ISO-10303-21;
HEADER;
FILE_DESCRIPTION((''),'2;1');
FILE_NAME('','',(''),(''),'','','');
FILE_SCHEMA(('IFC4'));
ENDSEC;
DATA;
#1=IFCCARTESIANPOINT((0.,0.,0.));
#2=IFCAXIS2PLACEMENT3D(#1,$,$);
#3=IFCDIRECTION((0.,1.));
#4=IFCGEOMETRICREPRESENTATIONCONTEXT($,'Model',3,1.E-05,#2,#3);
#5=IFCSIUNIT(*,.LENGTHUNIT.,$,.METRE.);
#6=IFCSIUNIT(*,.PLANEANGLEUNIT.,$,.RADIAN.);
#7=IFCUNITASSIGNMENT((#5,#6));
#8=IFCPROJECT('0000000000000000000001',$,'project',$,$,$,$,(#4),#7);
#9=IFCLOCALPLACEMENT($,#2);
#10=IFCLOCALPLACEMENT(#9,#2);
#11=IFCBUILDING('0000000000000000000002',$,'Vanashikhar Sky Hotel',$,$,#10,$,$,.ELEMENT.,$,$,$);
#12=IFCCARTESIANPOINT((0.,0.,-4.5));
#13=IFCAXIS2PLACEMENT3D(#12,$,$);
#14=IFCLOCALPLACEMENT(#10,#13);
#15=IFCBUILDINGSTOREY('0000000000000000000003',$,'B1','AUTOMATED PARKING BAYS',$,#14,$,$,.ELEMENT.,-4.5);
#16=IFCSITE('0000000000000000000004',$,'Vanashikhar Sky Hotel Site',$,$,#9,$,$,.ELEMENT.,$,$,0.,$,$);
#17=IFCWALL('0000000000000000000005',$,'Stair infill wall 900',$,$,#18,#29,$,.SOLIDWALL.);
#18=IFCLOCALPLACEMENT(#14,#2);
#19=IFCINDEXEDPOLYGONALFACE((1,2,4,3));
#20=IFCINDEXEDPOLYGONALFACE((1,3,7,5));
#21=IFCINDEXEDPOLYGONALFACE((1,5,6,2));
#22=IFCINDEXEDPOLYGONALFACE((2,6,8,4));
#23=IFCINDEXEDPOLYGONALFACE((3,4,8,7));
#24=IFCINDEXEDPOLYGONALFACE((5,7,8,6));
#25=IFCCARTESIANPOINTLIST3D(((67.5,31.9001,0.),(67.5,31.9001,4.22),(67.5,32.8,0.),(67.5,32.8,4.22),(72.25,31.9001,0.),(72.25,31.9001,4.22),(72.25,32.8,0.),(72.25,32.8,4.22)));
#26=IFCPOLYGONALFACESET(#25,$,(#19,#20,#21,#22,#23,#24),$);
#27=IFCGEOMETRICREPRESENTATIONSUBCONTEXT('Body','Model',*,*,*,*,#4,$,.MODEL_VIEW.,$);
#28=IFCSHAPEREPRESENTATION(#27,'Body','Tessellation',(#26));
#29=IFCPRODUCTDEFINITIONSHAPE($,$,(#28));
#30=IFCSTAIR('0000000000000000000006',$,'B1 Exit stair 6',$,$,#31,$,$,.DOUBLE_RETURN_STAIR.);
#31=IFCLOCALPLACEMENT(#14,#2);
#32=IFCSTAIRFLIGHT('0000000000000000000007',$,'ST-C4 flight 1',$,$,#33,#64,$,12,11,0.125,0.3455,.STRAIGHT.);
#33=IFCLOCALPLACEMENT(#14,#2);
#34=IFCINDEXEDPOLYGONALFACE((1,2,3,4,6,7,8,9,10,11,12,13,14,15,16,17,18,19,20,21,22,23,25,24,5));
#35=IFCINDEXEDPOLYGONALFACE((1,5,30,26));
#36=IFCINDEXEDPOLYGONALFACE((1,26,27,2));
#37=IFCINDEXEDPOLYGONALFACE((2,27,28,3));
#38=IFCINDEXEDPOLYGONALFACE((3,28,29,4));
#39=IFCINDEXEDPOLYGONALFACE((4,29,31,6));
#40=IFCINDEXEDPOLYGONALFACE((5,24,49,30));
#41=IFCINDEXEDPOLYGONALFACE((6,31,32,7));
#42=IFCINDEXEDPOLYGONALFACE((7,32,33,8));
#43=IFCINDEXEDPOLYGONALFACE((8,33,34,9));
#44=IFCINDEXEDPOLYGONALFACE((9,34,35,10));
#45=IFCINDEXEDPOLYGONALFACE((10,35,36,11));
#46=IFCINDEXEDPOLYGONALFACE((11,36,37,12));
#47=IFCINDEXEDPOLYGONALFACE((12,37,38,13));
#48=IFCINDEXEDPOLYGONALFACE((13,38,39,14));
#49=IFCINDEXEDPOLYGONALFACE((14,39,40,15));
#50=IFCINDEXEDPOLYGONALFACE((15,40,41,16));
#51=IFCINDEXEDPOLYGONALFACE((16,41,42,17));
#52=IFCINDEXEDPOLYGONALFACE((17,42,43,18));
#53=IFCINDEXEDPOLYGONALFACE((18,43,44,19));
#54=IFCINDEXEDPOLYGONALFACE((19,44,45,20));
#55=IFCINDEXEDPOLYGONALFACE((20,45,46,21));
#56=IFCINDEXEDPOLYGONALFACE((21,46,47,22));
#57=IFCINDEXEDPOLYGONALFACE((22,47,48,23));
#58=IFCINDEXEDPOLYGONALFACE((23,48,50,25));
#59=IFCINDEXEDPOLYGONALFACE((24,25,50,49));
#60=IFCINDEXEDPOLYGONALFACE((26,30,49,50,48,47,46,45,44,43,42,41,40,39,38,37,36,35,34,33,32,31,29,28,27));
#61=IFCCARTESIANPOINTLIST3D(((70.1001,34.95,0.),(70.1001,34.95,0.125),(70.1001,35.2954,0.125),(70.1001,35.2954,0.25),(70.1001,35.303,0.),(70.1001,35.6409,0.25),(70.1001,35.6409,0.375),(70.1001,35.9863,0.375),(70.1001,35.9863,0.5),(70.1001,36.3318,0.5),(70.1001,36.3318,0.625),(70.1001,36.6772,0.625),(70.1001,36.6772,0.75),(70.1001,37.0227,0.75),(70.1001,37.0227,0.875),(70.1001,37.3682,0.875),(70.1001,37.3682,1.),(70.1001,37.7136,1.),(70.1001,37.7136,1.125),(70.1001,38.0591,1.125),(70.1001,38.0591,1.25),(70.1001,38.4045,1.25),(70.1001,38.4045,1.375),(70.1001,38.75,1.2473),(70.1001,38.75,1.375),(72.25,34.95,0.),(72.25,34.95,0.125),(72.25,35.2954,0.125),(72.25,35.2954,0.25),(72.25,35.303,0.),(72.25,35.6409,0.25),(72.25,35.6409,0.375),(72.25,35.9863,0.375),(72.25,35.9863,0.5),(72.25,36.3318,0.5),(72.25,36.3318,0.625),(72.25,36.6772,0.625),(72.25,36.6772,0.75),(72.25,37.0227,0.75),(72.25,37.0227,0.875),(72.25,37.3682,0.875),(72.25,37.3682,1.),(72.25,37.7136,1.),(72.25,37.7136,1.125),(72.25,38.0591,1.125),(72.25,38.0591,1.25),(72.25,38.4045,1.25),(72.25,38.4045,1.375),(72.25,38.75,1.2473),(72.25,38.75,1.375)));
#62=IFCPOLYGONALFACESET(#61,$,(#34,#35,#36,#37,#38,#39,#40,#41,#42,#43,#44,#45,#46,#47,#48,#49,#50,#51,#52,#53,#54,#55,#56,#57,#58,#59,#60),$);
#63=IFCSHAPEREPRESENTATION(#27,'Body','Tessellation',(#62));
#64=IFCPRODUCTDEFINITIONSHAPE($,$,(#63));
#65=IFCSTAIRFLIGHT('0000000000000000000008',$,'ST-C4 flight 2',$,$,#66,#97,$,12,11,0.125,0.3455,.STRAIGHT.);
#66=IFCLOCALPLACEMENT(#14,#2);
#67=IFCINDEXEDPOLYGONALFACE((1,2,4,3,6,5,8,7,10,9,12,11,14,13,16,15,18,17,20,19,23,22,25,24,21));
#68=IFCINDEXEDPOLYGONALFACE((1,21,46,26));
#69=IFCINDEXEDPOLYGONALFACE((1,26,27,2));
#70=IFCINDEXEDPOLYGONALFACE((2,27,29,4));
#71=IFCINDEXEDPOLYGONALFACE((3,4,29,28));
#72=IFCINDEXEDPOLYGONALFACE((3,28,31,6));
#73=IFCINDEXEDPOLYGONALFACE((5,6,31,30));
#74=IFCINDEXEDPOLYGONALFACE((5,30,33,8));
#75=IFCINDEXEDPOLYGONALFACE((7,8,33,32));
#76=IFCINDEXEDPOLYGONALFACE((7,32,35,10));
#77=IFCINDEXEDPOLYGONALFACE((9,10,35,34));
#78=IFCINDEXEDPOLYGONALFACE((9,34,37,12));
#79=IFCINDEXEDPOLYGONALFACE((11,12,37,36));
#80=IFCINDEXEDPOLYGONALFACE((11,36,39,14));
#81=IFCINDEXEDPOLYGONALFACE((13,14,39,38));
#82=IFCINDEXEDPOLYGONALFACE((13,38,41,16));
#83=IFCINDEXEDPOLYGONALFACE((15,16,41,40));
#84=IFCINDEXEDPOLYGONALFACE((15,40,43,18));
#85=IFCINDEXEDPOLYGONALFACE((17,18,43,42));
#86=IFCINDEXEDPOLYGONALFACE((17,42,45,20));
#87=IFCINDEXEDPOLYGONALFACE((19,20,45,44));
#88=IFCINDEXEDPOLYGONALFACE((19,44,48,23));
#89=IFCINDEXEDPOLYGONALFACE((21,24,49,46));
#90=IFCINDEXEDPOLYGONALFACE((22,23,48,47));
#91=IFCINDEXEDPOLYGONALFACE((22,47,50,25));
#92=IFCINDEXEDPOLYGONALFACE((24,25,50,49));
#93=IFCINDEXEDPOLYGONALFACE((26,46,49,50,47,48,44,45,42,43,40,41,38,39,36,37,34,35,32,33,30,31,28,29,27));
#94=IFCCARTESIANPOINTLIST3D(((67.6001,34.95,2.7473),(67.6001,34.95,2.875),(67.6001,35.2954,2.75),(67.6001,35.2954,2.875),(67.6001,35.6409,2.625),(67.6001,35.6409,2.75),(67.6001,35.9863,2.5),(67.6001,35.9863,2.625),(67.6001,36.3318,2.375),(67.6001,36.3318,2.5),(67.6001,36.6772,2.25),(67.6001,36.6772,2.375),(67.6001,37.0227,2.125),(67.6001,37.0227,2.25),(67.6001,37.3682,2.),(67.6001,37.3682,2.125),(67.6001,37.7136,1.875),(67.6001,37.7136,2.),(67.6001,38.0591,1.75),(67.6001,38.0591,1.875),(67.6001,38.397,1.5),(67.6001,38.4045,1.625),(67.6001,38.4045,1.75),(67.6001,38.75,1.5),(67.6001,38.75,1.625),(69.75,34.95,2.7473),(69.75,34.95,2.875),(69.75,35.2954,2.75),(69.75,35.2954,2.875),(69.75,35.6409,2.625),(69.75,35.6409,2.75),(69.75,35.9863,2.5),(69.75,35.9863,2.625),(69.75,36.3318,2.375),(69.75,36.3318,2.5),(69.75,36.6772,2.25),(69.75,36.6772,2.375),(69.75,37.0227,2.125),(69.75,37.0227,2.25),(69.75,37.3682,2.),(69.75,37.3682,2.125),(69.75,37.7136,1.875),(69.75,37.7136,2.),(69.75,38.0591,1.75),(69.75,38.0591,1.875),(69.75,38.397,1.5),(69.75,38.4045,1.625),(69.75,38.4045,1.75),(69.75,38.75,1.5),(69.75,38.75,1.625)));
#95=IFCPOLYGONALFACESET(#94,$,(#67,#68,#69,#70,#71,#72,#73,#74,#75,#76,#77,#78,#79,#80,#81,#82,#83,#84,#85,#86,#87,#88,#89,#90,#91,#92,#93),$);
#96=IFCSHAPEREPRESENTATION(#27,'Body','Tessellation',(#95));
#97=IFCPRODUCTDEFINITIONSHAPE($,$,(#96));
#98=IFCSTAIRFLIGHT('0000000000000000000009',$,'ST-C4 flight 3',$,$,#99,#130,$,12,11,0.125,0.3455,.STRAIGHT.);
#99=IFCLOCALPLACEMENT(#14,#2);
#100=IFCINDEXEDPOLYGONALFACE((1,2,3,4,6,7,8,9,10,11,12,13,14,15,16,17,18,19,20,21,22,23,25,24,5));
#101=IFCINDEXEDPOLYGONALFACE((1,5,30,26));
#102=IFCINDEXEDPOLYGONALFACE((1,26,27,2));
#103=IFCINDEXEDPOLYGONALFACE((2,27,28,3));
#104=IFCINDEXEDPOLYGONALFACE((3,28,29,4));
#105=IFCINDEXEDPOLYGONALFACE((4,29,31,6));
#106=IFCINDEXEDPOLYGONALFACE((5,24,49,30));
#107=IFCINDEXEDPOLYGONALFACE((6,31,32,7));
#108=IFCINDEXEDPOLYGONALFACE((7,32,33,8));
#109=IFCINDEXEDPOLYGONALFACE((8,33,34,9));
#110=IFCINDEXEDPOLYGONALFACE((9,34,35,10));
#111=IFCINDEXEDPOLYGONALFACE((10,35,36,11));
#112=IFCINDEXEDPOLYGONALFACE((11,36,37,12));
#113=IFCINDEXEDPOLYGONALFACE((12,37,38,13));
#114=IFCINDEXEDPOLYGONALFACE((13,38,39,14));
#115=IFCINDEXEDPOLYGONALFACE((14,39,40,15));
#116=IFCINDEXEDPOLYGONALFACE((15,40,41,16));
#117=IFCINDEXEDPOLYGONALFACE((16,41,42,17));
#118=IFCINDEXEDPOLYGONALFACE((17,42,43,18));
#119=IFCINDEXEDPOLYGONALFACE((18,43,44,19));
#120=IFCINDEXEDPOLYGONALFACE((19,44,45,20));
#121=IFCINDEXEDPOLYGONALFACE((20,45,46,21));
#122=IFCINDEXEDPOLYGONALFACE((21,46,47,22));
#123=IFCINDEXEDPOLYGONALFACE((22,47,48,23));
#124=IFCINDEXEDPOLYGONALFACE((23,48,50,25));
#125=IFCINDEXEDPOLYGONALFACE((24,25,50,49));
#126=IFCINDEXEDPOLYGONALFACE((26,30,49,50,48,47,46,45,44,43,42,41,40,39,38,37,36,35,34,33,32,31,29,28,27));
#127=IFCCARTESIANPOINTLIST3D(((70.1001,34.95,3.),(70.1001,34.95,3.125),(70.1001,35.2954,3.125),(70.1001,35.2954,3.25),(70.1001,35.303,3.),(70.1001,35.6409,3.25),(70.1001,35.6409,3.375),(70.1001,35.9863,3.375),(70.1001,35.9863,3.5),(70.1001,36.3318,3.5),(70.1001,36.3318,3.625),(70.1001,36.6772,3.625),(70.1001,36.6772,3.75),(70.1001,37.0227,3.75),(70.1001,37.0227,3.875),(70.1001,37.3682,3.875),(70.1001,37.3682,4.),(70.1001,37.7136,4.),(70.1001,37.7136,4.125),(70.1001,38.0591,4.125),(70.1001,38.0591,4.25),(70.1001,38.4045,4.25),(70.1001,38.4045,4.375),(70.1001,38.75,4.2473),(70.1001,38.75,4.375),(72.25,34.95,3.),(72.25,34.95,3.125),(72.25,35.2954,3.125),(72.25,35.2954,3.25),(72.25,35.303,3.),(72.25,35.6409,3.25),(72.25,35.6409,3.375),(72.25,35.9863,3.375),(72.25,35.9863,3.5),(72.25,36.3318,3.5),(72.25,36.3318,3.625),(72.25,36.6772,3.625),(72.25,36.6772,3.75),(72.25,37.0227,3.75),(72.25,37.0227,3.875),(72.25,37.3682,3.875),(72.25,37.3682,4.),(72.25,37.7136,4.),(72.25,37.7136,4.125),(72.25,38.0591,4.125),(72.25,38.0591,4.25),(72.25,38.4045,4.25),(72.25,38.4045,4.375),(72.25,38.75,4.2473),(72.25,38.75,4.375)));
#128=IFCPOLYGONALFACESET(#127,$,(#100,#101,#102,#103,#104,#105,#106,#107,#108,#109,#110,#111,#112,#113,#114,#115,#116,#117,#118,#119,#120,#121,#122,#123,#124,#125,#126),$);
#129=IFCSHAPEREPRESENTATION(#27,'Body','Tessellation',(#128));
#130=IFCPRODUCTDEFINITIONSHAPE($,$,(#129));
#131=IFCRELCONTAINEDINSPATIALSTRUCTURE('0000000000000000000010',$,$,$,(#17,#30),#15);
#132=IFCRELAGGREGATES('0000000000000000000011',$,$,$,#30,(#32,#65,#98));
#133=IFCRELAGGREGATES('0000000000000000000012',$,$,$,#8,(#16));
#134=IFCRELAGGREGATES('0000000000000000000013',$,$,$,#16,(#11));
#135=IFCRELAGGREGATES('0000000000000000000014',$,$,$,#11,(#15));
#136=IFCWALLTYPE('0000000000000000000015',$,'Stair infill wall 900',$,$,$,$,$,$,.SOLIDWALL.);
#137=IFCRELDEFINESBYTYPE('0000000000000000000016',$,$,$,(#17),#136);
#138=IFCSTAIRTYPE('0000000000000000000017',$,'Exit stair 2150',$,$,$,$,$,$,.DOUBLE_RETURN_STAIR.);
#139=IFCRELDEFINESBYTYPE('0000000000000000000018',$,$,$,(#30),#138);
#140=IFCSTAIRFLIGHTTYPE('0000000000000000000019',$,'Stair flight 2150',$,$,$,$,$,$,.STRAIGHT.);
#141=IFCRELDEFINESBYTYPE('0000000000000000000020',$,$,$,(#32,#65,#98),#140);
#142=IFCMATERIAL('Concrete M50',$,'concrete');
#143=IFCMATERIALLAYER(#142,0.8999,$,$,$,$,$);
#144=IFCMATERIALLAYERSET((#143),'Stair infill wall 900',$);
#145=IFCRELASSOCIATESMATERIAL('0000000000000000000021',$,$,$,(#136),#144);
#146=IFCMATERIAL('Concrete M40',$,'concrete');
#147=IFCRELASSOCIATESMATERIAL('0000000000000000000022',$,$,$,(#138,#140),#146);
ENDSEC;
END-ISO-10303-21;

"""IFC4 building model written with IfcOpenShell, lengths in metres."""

from ifc_helpers import new_model, si_unit, direction, frame, frame_2d, origin, place, context, subcontext, project, spatial, polyline, rectangle, outline, extrude, source, transform, mapped, material, layer, layer_set, type_object, element, aggregate, save


model = new_model("IFC4")

# Units and contexts
model_context = context("Model", 3, precision=1e-05, world=origin(), true_north=direction((0.0, 1.0)))
body_context = subcontext(model_context, "Body", "Model", "MODEL_VIEW")
ifc_project = project(units=[si_unit("LENGTHUNIT", "METRE"), si_unit("PLANEANGLEUNIT", "RADIAN")], contexts=[model_context])

# Site, building, storey
site_placement = place(None, origin())
site = spatial("IfcSite", under=ifc_project, at=site_placement, Name="Vanashikhar Sky Hotel Site", CompositionType="ELEMENT", RefElevation=0.0)
building_placement = place(site_placement, origin())
building = spatial("IfcBuilding", under=site, at=building_placement, Name="Vanashikhar Sky Hotel", CompositionType="ELEMENT")
storey_placement = place(building_placement, frame((0.0, 0.0, -4.5)))
storey = spatial("IfcBuildingStorey", under=building, at=storey_placement, Name="B1", Description="AUTOMATED PARKING BAYS", CompositionType="ELEMENT", Elevation=-4.5)

# Wall
ifc_material_1 = material(Name="Concrete M50", Category="concrete")
ifc_layer_1 = layer(ifc_material_1, 0.8999)
ifc_layer_set_1 = layer_set([ifc_layer_1], Name="Stair infill wall 900")
wall_type_1 = type_object("IfcWallType", Name="Stair infill wall 900", PredefinedType="SOLIDWALL", material=ifc_layer_set_1)
shared_shape_1 = source(origin(), body_context, "Body", "SweptSolid", [
    extrude(rectangle(XDim=4.75, YDim=0.8999, at=frame_2d((2.375, 0.0))), origin(), (0.0, 0.0, 1.0), 4.22),
])
wall_1_placement = place(storey_placement, frame((67.5, 32.3501, 0.0), z_axis=(0.0, 0.0, 1.0), x_axis=(1.0, 0.0, 0.0)))
element("IfcWall", 1, at=wall_1_placement, inside=storey, type_object=wall_type_1, Name="Stair infill wall 900", PredefinedType="SOLIDWALL", context=body_context, shape_type="MappedRepresentation", body=[
    mapped(shared_shape_1, transform((0.0, 0.0, 0.0), scale=1.0)),
])

# Stair, stair flights
ifc_material_2 = material(Name="Concrete M40", Category="concrete")
stair_type = type_object("IfcStairType", Name="Exit stair 2150", PredefinedType="DOUBLE_RETURN_STAIR", material=ifc_material_2)
stair_placement = place(storey_placement, origin())
stair = element("IfcStair", 2, at=stair_placement, inside=storey, type_object=stair_type, Name="B1 Exit stair 6", PredefinedType="DOUBLE_RETURN_STAIR")
stair_flight_type = type_object("IfcStairFlightType", Name="Stair flight 2150", PredefinedType="STRAIGHT", material=ifc_material_2)
shared_shape_2 = source(origin(), body_context, "Body", "SweptSolid", [
    extrude(outline(polyline([(0.0, 0.0), (0.0, 0.125), (0.3455, 0.125), (0.3455, 0.25), (0.6909, 0.25), (0.6909, 0.375), (1.0364, 0.375), (1.0364, 0.5), (1.3818, 0.5), (1.3818, 0.625), (1.7273, 0.625), (1.7273, 0.75), (2.0728, 0.75), (2.0728, 0.875), (2.4182, 0.875), (2.4182, 1.0), (2.7637, 1.0), (2.7637, 1.125), (3.1091, 1.125), (3.1091, 1.25), (3.4546, 1.25), (3.4546, 1.375), (3.8, 1.375), (3.8, 1.5), (3.8, 1.2473), (0.353, 0.0), (0.0, 0.0)])), frame((0.0, 1.075, 0.0), z_axis=(0.0, -1.0, 0.0), x_axis=(1.0, 0.0, 0.0)), (0.0, 0.0, 1.0), 2.1499),
])
stair_flight_1_placement = place(storey_placement, frame((71.175, 34.95, 0.0), z_axis=(0.0, 0.0, 1.0), x_axis=(0.0, 1.0, 0.0)))
stair_flight_1 = element("IfcStairFlight", 3, at=stair_flight_1_placement, type_object=stair_flight_type, Name="ST-C4 flight 1", NumberOfRisers=12, NumberOfTreads=11, PredefinedType="STRAIGHT", RiserHeight=0.125, TreadLength=0.3455, context=body_context, shape_type="MappedRepresentation", body=[
    mapped(shared_shape_2, transform((0.0, 0.0, 0.0), scale=1.0)),
])
stair_flight_2_placement = place(storey_placement, frame((68.675, 38.75, 1.5), z_axis=(0.0, 0.0, 1.0), x_axis=(0.0, -1.0, 0.0)))
stair_flight_2 = element("IfcStairFlight", 4, at=stair_flight_2_placement, type_object=stair_flight_type, Name="ST-C4 flight 2", NumberOfRisers=12, NumberOfTreads=11, PredefinedType="STRAIGHT", RiserHeight=0.125, TreadLength=0.3455, context=body_context, shape_type="MappedRepresentation", body=[
    mapped(shared_shape_2, transform((0.0, 0.0, 0.0), scale=1.0)),
])
stair_flight_3_placement = place(storey_placement, frame((71.175, 34.95, 3.0), z_axis=(0.0, 0.0, 1.0), x_axis=(0.0, 1.0, 0.0)))
stair_flight_3 = element("IfcStairFlight", 5, at=stair_flight_3_placement, type_object=stair_flight_type, Name="ST-C4 flight 3", NumberOfRisers=12, NumberOfTreads=11, PredefinedType="STRAIGHT", RiserHeight=0.125, TreadLength=0.3455, context=body_context, shape_type="MappedRepresentation", body=[
    mapped(shared_shape_2, transform((0.0, 0.0, 0.0), scale=1.0)),
])
aggregate(stair, [stair_flight_1, stair_flight_2, stair_flight_3])

save(model, "model.ifc")
